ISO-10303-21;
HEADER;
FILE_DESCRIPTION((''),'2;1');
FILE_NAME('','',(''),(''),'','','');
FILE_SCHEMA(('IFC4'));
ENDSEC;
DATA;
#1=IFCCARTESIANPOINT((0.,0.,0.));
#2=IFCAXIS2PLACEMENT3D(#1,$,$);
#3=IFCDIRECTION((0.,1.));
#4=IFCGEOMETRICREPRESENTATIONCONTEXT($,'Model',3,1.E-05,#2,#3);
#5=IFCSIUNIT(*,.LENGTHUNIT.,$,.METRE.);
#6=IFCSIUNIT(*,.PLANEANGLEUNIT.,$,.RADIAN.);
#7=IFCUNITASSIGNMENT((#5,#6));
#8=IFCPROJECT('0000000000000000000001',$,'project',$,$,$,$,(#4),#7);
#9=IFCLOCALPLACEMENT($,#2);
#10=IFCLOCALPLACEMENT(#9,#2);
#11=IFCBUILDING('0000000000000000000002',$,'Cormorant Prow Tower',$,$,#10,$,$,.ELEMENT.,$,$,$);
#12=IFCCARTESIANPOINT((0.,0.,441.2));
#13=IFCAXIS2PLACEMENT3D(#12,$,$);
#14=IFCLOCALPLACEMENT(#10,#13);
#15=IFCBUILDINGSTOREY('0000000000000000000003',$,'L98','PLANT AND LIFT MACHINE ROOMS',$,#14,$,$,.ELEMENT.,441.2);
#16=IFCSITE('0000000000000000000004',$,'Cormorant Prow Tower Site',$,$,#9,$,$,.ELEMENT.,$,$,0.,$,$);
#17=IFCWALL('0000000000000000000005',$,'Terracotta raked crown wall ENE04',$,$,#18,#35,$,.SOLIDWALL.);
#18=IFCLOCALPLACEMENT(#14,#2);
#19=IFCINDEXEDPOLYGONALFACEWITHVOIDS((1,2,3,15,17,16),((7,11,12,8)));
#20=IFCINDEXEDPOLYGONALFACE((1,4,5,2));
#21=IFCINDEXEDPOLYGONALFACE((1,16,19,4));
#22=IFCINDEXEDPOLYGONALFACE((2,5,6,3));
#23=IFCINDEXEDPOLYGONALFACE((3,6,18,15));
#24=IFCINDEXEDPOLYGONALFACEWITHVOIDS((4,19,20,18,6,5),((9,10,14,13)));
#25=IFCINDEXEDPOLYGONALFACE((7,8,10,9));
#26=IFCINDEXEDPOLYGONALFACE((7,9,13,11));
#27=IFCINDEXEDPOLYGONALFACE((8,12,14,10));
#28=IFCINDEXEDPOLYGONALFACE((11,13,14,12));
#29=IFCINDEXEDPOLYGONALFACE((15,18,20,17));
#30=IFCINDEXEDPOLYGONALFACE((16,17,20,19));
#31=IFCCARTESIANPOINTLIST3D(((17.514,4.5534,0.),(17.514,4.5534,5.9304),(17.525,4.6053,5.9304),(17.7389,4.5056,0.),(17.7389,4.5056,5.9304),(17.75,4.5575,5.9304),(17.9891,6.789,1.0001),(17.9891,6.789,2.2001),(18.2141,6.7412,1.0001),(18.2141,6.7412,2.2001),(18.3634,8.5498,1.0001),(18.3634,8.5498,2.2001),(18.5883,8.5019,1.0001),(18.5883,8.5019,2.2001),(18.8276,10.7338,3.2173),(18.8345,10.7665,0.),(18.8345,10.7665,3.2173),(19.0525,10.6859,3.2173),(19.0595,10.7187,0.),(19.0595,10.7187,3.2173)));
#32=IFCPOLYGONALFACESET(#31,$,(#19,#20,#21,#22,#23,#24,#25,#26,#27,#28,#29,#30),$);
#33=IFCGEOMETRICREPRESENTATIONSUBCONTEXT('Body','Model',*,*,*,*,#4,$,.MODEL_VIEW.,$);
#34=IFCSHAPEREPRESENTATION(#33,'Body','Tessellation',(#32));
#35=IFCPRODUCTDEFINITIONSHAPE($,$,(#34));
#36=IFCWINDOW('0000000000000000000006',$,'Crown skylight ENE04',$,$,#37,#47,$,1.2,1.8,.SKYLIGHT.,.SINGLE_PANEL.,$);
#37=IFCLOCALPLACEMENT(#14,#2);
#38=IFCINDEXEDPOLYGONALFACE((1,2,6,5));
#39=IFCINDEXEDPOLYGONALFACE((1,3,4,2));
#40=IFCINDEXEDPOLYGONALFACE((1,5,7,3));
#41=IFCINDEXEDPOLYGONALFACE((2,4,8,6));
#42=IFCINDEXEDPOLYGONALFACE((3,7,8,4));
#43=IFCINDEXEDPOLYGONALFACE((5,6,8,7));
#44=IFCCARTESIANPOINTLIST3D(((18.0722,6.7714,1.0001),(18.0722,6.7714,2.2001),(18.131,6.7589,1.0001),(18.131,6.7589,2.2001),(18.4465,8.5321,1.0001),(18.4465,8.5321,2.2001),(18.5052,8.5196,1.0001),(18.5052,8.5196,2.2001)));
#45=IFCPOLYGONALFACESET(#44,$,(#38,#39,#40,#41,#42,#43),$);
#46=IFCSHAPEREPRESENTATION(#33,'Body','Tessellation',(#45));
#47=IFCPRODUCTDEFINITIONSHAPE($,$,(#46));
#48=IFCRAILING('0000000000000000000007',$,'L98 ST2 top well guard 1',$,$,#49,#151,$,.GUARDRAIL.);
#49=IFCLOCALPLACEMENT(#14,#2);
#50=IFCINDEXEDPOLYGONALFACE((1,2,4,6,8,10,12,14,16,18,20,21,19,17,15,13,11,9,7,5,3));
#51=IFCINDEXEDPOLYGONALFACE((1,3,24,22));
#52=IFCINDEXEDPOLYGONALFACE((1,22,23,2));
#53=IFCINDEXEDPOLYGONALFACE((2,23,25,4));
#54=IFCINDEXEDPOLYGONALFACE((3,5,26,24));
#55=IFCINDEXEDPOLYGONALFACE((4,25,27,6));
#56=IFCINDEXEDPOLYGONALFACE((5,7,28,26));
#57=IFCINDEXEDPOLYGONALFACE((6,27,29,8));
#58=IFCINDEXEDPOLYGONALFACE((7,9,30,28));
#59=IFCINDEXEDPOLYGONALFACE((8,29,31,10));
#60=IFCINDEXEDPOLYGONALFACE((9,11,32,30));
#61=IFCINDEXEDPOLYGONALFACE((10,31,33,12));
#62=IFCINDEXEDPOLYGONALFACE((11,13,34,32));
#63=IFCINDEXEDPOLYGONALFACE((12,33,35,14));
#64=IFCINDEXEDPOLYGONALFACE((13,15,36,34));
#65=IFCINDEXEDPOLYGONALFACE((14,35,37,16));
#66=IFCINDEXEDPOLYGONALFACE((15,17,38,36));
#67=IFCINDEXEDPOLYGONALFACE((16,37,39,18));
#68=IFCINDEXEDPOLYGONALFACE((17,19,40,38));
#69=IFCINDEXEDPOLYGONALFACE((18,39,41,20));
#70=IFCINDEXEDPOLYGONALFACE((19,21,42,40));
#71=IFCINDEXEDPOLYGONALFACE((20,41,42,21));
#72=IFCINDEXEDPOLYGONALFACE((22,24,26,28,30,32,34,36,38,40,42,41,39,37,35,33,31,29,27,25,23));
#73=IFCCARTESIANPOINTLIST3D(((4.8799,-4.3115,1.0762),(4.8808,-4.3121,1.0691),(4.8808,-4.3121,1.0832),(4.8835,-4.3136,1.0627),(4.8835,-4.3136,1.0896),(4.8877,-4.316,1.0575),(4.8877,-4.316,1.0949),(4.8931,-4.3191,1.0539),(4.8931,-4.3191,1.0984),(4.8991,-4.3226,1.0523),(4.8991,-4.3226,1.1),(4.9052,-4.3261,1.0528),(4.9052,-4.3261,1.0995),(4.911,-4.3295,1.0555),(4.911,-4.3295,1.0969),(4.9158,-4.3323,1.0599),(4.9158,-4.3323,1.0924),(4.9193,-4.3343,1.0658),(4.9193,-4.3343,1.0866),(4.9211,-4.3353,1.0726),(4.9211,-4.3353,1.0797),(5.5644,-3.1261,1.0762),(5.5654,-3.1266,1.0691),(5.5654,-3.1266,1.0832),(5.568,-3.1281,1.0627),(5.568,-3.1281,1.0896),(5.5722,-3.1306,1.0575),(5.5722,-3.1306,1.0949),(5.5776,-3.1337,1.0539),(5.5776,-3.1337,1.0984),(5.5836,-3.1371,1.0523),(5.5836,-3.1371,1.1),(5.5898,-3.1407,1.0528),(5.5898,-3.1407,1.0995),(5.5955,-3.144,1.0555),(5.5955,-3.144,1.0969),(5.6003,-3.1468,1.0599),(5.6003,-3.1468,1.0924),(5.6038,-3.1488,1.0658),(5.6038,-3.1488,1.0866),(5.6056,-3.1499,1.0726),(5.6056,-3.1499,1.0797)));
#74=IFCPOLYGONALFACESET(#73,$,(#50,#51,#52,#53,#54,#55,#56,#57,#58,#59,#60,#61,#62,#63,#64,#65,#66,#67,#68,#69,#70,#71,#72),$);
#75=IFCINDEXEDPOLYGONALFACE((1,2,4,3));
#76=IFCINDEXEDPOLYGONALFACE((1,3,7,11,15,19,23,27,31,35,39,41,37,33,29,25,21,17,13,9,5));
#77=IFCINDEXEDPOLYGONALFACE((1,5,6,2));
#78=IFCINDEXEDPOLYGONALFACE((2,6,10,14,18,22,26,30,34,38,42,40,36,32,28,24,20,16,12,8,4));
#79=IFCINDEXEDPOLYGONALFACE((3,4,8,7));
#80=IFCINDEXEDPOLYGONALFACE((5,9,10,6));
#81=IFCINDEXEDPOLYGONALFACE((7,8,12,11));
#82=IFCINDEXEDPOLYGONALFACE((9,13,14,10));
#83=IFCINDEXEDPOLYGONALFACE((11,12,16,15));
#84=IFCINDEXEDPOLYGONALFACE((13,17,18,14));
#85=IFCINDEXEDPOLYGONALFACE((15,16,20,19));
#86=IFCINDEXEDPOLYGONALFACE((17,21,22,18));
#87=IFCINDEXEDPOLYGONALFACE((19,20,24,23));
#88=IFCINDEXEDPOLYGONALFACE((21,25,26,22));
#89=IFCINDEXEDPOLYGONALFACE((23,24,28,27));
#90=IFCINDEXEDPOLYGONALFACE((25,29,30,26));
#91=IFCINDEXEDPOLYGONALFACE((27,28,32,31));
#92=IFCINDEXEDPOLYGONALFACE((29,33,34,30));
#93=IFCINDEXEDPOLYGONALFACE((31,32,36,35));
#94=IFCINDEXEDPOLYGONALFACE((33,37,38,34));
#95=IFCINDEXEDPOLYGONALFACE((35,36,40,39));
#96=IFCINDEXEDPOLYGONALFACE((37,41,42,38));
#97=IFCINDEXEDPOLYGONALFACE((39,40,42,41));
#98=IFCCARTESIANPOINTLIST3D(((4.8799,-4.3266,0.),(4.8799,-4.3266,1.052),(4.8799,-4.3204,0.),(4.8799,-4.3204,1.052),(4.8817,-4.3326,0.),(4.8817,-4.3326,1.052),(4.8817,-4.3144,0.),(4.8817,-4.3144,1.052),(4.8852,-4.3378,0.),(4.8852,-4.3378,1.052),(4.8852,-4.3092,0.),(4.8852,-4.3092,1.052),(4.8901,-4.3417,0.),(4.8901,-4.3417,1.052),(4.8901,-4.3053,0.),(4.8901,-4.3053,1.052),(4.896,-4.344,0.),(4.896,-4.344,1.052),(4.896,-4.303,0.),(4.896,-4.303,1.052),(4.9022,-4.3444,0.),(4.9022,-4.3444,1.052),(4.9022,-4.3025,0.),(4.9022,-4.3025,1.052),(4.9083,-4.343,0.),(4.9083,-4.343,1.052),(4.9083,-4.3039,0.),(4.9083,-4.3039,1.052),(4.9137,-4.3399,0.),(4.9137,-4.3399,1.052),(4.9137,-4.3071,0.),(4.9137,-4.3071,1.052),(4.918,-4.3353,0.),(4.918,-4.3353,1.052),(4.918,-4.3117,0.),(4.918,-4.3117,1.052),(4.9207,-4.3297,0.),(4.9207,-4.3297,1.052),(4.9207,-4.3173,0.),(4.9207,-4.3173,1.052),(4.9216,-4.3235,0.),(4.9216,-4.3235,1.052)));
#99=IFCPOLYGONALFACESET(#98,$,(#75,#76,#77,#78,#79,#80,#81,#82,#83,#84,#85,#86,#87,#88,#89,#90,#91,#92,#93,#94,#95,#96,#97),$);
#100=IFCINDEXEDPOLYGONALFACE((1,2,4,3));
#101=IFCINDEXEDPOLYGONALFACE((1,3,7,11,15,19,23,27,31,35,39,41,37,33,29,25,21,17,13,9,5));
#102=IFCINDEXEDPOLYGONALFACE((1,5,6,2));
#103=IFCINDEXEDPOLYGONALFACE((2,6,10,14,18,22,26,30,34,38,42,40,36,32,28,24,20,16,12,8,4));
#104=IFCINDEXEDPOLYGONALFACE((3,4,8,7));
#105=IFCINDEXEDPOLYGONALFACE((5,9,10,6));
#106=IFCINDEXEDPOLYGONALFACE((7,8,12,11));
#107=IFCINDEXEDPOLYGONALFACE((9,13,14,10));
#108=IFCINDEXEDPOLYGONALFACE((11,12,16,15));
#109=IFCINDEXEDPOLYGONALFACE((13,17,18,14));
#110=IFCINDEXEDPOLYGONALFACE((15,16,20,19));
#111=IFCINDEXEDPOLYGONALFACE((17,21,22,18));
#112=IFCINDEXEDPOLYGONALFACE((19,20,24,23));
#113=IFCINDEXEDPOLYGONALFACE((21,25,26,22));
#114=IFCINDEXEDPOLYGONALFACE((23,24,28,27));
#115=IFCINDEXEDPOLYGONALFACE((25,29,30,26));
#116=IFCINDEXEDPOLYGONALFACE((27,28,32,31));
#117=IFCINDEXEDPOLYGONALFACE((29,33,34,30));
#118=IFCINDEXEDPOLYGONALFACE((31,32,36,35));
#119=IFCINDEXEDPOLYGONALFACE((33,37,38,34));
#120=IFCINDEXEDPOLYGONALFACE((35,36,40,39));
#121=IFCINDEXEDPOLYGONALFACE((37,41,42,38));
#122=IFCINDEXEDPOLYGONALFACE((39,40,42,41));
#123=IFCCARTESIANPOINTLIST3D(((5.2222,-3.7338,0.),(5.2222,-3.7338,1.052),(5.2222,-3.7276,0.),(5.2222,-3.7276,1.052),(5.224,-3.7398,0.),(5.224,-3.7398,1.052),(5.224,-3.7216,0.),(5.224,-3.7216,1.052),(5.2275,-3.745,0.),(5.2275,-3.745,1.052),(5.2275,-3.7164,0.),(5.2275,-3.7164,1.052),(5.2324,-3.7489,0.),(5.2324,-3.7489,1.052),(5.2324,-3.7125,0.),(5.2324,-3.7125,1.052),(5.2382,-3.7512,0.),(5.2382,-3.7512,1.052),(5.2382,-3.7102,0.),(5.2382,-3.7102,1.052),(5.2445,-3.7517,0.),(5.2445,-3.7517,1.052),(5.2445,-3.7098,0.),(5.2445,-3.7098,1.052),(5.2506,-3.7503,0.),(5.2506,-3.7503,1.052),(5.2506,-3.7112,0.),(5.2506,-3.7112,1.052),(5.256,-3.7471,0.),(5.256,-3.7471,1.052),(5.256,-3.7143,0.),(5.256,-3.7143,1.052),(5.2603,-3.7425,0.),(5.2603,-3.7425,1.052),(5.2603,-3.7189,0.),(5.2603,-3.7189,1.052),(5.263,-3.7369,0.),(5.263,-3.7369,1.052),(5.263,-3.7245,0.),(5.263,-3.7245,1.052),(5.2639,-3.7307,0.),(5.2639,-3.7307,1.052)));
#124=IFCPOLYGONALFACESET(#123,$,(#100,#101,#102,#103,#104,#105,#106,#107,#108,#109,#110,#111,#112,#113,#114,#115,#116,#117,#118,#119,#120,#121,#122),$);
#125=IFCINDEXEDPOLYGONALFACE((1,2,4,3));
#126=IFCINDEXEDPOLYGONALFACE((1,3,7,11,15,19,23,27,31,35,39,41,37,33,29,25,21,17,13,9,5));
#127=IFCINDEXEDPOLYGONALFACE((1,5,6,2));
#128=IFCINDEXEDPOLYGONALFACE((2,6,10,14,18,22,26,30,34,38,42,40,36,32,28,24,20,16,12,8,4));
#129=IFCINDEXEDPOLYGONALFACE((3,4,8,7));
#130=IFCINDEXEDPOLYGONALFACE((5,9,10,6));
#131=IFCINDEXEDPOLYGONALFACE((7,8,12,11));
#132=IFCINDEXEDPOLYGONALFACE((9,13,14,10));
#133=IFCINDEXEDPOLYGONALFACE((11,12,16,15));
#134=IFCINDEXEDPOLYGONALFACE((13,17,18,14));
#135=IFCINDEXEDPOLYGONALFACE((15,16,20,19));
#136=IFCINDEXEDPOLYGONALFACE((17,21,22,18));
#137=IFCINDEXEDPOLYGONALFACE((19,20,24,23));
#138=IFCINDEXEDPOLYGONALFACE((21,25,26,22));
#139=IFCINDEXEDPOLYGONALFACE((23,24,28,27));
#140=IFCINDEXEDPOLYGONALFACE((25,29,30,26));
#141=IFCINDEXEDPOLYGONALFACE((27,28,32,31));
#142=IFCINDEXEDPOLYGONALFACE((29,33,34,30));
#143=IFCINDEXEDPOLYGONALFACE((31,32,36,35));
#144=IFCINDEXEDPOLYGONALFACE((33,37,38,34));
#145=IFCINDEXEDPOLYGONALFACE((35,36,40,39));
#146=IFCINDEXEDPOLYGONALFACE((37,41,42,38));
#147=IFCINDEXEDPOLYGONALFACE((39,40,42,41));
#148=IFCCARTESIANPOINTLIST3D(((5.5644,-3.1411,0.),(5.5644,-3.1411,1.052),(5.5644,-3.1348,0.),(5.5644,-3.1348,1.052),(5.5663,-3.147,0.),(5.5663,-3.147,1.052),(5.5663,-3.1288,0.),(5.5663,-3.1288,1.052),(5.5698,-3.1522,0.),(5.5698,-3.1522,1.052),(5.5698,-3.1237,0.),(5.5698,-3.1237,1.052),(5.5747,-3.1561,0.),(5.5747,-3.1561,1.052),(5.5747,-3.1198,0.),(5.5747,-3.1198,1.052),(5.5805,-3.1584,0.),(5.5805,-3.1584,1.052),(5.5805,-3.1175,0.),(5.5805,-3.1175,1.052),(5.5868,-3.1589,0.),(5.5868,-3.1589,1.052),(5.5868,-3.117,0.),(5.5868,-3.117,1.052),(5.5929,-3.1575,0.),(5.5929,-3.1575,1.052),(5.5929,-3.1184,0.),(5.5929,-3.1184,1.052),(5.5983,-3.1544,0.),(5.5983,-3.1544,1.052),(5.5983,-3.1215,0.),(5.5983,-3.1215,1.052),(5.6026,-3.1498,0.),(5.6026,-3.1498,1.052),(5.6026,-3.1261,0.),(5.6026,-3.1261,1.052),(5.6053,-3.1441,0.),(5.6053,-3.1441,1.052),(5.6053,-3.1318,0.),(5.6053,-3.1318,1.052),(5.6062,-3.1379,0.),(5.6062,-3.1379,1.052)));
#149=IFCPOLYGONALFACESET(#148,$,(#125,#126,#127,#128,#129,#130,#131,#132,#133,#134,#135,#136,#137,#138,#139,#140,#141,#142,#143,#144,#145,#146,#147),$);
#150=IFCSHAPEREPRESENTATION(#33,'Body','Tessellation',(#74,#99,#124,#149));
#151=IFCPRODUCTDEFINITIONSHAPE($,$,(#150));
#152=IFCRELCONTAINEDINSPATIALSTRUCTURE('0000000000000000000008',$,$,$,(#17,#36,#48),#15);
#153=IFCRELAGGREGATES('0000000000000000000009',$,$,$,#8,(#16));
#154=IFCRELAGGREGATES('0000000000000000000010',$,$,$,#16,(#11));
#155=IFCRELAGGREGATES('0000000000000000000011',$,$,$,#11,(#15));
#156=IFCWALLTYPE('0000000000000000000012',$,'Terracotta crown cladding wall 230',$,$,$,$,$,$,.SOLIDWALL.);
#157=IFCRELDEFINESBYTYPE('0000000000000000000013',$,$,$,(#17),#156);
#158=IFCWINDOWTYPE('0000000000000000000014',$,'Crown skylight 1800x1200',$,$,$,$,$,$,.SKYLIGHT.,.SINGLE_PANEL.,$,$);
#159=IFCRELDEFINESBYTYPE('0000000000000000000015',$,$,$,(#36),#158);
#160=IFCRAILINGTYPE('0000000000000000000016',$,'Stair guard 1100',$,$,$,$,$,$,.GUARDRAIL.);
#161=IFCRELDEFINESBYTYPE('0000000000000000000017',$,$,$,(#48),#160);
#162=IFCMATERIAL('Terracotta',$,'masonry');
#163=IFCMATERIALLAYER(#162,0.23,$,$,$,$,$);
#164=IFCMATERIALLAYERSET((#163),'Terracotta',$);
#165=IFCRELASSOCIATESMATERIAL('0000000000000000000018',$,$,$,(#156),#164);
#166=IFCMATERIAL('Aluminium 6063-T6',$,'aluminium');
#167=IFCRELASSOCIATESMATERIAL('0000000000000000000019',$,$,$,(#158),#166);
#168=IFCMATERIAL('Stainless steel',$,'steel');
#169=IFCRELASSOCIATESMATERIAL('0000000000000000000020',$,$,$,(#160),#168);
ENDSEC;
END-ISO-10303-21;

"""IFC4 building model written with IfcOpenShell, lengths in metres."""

from ifc_helpers import new_model, si_unit, direction, frame, frame_2d, origin, origin_2d, place, context, subcontext, project, spatial, polyline, rectangle, circle, outline, extrude, material, layer, layer_set, type_object, element, fill, save


model = new_model("IFC4")

# Units and contexts
model_context = context("Model", 3, precision=1e-05, world=origin(), true_north=direction((0.0, 1.0)))
body_context = subcontext(model_context, "Body", "Model", "MODEL_VIEW")
ifc_project = project(units=[si_unit("LENGTHUNIT", "METRE"), si_unit("PLANEANGLEUNIT", "RADIAN")], contexts=[model_context])

# Site, building, storey
site_placement = place(None, origin())
site = spatial("IfcSite", under=ifc_project, at=site_placement, Name="Cormorant Prow Tower Site", CompositionType="ELEMENT", RefElevation=0.0)
building_placement = place(site_placement, origin())
building = spatial("IfcBuilding", under=site, at=building_placement, Name="Cormorant Prow Tower", CompositionType="ELEMENT")
storey_placement = place(building_placement, frame((0.0, 0.0, 441.2)))
storey = spatial("IfcBuildingStorey", under=building, at=storey_placement, Name="L98", Description="PLANT AND LIFT MACHINE ROOMS", CompositionType="ELEMENT", Elevation=441.2)

# Wall, opening, window
ifc_material_1 = material(Name="Terracotta", Category="masonry")
ifc_layer_1 = layer(ifc_material_1, 0.23)
ifc_layer_set_1 = layer_set([ifc_layer_1], Name="Terracotta")
wall_type_1 = type_object("IfcWallType", Name="Terracotta crown cladding wall 230", PredefinedType="SOLIDWALL", material=ifc_layer_set_1)
wall_1_placement = place(storey_placement, frame((17.6265, 4.5295, 0.0), z_axis=(0.0, 0.0, 1.0), x_axis=(0.207899, 0.97815, 0.0)))
wall_1 = element("IfcWall", 1, at=wall_1_placement, inside=storey, type_object=wall_type_1, Name="Terracotta raked crown wall ENE04", PredefinedType="SOLIDWALL", context=body_context, shape_type="SweptSolid", body=[
    extrude(outline(polyline([(0.0, 0.0), (6.3518, 0.0), (6.3518, 3.2173), (6.3184, 3.2173), (0.053, 5.9304), (0.0, 5.9304), (0.0, 0.0)])), frame((0.0, 0.115, 0.0), z_axis=(0.0, -1.0, 0.0), x_axis=(1.0, 0.0, 0.0)), (0.0, 0.0, 1.0), 0.23),
])
opening_1_placement = place(wall_1_placement, frame((2.2856, 0.0, 1.0)))
opening_1 = element("IfcOpeningElement", 2, at=opening_1_placement, cuts=wall_1, PredefinedType="OPENING", context=body_context, shape_type="SweptSolid", body=[
    extrude(rectangle(XDim=1.8, YDim=1.2, at=frame_2d((0.8999, 0.6001))), frame((0.0, 0.125, 0.0), z_axis=(0.0, -1.0, 0.0), x_axis=(1.0, 0.0, 0.0)), (0.0, 0.0, 1.0), 0.25),
])
ifc_material_2 = material(Name="Aluminium 6063-T6", Category="aluminium")
window_type = type_object("IfcWindowType", Name="Crown skylight 1800x1200", PartitioningType="SINGLE_PANEL", PredefinedType="SKYLIGHT", material=ifc_material_2)
window_placement = place(opening_1_placement, origin())
window = element("IfcWindow", 3, at=window_placement, inside=storey, type_object=window_type, Name="Crown skylight ENE04", OverallHeight=1.2, OverallWidth=1.8, PartitioningType="SINGLE_PANEL", PredefinedType="SKYLIGHT", context=body_context, shape_type="SweptSolid", body=[
    extrude(rectangle(XDim=1.8, YDim=1.2, at=frame_2d((0.8999, 0.6001))), frame((0.0, 0.03, 0.0), z_axis=(0.0, -1.0, 0.0), x_axis=(1.0, 0.0, 0.0)), (0.0, 0.0, 1.0), 0.0601),
])
fill(opening_1, window)

# Railing
ifc_material_3 = material(Name="Stainless steel", Category="steel")
railing_type = type_object("IfcRailingType", Name="Stair guard 1100", PredefinedType="GUARDRAIL", material=ifc_material_3)
railing_1_placement = place(storey_placement, frame((4.9006, -4.3235, 0.0)))
element("IfcRailing", 4, at=railing_1_placement, inside=storey, type_object=railing_type, Name="L98 ST2 top well guard 1", PredefinedType="GUARDRAIL", context=body_context, shape_type="SweptSolid", body=[
    extrude(circle(Radius=0.0239, at=origin_2d()), frame((0.0, 0.0, 1.0762), z_axis=(0.500052, 0.865996, 0.0), x_axis=(-0.865996, 0.500052, 0.0)), (0.0, 0.0, 1.0), 1.3689),
    extrude(circle(Radius=0.021, at=origin_2d()), origin(), (0.0, 0.0, 1.0), 1.052),
    extrude(circle(Radius=0.021, at=origin_2d()), frame((0.3423, 0.5928, 0.0)), (0.0, 0.0, 1.0), 1.052),
    extrude(circle(Radius=0.021, at=origin_2d()), frame((0.6846, 1.1855, 0.0)), (0.0, 0.0, 1.0), 1.052),
])

save(model, "model.ifc")
